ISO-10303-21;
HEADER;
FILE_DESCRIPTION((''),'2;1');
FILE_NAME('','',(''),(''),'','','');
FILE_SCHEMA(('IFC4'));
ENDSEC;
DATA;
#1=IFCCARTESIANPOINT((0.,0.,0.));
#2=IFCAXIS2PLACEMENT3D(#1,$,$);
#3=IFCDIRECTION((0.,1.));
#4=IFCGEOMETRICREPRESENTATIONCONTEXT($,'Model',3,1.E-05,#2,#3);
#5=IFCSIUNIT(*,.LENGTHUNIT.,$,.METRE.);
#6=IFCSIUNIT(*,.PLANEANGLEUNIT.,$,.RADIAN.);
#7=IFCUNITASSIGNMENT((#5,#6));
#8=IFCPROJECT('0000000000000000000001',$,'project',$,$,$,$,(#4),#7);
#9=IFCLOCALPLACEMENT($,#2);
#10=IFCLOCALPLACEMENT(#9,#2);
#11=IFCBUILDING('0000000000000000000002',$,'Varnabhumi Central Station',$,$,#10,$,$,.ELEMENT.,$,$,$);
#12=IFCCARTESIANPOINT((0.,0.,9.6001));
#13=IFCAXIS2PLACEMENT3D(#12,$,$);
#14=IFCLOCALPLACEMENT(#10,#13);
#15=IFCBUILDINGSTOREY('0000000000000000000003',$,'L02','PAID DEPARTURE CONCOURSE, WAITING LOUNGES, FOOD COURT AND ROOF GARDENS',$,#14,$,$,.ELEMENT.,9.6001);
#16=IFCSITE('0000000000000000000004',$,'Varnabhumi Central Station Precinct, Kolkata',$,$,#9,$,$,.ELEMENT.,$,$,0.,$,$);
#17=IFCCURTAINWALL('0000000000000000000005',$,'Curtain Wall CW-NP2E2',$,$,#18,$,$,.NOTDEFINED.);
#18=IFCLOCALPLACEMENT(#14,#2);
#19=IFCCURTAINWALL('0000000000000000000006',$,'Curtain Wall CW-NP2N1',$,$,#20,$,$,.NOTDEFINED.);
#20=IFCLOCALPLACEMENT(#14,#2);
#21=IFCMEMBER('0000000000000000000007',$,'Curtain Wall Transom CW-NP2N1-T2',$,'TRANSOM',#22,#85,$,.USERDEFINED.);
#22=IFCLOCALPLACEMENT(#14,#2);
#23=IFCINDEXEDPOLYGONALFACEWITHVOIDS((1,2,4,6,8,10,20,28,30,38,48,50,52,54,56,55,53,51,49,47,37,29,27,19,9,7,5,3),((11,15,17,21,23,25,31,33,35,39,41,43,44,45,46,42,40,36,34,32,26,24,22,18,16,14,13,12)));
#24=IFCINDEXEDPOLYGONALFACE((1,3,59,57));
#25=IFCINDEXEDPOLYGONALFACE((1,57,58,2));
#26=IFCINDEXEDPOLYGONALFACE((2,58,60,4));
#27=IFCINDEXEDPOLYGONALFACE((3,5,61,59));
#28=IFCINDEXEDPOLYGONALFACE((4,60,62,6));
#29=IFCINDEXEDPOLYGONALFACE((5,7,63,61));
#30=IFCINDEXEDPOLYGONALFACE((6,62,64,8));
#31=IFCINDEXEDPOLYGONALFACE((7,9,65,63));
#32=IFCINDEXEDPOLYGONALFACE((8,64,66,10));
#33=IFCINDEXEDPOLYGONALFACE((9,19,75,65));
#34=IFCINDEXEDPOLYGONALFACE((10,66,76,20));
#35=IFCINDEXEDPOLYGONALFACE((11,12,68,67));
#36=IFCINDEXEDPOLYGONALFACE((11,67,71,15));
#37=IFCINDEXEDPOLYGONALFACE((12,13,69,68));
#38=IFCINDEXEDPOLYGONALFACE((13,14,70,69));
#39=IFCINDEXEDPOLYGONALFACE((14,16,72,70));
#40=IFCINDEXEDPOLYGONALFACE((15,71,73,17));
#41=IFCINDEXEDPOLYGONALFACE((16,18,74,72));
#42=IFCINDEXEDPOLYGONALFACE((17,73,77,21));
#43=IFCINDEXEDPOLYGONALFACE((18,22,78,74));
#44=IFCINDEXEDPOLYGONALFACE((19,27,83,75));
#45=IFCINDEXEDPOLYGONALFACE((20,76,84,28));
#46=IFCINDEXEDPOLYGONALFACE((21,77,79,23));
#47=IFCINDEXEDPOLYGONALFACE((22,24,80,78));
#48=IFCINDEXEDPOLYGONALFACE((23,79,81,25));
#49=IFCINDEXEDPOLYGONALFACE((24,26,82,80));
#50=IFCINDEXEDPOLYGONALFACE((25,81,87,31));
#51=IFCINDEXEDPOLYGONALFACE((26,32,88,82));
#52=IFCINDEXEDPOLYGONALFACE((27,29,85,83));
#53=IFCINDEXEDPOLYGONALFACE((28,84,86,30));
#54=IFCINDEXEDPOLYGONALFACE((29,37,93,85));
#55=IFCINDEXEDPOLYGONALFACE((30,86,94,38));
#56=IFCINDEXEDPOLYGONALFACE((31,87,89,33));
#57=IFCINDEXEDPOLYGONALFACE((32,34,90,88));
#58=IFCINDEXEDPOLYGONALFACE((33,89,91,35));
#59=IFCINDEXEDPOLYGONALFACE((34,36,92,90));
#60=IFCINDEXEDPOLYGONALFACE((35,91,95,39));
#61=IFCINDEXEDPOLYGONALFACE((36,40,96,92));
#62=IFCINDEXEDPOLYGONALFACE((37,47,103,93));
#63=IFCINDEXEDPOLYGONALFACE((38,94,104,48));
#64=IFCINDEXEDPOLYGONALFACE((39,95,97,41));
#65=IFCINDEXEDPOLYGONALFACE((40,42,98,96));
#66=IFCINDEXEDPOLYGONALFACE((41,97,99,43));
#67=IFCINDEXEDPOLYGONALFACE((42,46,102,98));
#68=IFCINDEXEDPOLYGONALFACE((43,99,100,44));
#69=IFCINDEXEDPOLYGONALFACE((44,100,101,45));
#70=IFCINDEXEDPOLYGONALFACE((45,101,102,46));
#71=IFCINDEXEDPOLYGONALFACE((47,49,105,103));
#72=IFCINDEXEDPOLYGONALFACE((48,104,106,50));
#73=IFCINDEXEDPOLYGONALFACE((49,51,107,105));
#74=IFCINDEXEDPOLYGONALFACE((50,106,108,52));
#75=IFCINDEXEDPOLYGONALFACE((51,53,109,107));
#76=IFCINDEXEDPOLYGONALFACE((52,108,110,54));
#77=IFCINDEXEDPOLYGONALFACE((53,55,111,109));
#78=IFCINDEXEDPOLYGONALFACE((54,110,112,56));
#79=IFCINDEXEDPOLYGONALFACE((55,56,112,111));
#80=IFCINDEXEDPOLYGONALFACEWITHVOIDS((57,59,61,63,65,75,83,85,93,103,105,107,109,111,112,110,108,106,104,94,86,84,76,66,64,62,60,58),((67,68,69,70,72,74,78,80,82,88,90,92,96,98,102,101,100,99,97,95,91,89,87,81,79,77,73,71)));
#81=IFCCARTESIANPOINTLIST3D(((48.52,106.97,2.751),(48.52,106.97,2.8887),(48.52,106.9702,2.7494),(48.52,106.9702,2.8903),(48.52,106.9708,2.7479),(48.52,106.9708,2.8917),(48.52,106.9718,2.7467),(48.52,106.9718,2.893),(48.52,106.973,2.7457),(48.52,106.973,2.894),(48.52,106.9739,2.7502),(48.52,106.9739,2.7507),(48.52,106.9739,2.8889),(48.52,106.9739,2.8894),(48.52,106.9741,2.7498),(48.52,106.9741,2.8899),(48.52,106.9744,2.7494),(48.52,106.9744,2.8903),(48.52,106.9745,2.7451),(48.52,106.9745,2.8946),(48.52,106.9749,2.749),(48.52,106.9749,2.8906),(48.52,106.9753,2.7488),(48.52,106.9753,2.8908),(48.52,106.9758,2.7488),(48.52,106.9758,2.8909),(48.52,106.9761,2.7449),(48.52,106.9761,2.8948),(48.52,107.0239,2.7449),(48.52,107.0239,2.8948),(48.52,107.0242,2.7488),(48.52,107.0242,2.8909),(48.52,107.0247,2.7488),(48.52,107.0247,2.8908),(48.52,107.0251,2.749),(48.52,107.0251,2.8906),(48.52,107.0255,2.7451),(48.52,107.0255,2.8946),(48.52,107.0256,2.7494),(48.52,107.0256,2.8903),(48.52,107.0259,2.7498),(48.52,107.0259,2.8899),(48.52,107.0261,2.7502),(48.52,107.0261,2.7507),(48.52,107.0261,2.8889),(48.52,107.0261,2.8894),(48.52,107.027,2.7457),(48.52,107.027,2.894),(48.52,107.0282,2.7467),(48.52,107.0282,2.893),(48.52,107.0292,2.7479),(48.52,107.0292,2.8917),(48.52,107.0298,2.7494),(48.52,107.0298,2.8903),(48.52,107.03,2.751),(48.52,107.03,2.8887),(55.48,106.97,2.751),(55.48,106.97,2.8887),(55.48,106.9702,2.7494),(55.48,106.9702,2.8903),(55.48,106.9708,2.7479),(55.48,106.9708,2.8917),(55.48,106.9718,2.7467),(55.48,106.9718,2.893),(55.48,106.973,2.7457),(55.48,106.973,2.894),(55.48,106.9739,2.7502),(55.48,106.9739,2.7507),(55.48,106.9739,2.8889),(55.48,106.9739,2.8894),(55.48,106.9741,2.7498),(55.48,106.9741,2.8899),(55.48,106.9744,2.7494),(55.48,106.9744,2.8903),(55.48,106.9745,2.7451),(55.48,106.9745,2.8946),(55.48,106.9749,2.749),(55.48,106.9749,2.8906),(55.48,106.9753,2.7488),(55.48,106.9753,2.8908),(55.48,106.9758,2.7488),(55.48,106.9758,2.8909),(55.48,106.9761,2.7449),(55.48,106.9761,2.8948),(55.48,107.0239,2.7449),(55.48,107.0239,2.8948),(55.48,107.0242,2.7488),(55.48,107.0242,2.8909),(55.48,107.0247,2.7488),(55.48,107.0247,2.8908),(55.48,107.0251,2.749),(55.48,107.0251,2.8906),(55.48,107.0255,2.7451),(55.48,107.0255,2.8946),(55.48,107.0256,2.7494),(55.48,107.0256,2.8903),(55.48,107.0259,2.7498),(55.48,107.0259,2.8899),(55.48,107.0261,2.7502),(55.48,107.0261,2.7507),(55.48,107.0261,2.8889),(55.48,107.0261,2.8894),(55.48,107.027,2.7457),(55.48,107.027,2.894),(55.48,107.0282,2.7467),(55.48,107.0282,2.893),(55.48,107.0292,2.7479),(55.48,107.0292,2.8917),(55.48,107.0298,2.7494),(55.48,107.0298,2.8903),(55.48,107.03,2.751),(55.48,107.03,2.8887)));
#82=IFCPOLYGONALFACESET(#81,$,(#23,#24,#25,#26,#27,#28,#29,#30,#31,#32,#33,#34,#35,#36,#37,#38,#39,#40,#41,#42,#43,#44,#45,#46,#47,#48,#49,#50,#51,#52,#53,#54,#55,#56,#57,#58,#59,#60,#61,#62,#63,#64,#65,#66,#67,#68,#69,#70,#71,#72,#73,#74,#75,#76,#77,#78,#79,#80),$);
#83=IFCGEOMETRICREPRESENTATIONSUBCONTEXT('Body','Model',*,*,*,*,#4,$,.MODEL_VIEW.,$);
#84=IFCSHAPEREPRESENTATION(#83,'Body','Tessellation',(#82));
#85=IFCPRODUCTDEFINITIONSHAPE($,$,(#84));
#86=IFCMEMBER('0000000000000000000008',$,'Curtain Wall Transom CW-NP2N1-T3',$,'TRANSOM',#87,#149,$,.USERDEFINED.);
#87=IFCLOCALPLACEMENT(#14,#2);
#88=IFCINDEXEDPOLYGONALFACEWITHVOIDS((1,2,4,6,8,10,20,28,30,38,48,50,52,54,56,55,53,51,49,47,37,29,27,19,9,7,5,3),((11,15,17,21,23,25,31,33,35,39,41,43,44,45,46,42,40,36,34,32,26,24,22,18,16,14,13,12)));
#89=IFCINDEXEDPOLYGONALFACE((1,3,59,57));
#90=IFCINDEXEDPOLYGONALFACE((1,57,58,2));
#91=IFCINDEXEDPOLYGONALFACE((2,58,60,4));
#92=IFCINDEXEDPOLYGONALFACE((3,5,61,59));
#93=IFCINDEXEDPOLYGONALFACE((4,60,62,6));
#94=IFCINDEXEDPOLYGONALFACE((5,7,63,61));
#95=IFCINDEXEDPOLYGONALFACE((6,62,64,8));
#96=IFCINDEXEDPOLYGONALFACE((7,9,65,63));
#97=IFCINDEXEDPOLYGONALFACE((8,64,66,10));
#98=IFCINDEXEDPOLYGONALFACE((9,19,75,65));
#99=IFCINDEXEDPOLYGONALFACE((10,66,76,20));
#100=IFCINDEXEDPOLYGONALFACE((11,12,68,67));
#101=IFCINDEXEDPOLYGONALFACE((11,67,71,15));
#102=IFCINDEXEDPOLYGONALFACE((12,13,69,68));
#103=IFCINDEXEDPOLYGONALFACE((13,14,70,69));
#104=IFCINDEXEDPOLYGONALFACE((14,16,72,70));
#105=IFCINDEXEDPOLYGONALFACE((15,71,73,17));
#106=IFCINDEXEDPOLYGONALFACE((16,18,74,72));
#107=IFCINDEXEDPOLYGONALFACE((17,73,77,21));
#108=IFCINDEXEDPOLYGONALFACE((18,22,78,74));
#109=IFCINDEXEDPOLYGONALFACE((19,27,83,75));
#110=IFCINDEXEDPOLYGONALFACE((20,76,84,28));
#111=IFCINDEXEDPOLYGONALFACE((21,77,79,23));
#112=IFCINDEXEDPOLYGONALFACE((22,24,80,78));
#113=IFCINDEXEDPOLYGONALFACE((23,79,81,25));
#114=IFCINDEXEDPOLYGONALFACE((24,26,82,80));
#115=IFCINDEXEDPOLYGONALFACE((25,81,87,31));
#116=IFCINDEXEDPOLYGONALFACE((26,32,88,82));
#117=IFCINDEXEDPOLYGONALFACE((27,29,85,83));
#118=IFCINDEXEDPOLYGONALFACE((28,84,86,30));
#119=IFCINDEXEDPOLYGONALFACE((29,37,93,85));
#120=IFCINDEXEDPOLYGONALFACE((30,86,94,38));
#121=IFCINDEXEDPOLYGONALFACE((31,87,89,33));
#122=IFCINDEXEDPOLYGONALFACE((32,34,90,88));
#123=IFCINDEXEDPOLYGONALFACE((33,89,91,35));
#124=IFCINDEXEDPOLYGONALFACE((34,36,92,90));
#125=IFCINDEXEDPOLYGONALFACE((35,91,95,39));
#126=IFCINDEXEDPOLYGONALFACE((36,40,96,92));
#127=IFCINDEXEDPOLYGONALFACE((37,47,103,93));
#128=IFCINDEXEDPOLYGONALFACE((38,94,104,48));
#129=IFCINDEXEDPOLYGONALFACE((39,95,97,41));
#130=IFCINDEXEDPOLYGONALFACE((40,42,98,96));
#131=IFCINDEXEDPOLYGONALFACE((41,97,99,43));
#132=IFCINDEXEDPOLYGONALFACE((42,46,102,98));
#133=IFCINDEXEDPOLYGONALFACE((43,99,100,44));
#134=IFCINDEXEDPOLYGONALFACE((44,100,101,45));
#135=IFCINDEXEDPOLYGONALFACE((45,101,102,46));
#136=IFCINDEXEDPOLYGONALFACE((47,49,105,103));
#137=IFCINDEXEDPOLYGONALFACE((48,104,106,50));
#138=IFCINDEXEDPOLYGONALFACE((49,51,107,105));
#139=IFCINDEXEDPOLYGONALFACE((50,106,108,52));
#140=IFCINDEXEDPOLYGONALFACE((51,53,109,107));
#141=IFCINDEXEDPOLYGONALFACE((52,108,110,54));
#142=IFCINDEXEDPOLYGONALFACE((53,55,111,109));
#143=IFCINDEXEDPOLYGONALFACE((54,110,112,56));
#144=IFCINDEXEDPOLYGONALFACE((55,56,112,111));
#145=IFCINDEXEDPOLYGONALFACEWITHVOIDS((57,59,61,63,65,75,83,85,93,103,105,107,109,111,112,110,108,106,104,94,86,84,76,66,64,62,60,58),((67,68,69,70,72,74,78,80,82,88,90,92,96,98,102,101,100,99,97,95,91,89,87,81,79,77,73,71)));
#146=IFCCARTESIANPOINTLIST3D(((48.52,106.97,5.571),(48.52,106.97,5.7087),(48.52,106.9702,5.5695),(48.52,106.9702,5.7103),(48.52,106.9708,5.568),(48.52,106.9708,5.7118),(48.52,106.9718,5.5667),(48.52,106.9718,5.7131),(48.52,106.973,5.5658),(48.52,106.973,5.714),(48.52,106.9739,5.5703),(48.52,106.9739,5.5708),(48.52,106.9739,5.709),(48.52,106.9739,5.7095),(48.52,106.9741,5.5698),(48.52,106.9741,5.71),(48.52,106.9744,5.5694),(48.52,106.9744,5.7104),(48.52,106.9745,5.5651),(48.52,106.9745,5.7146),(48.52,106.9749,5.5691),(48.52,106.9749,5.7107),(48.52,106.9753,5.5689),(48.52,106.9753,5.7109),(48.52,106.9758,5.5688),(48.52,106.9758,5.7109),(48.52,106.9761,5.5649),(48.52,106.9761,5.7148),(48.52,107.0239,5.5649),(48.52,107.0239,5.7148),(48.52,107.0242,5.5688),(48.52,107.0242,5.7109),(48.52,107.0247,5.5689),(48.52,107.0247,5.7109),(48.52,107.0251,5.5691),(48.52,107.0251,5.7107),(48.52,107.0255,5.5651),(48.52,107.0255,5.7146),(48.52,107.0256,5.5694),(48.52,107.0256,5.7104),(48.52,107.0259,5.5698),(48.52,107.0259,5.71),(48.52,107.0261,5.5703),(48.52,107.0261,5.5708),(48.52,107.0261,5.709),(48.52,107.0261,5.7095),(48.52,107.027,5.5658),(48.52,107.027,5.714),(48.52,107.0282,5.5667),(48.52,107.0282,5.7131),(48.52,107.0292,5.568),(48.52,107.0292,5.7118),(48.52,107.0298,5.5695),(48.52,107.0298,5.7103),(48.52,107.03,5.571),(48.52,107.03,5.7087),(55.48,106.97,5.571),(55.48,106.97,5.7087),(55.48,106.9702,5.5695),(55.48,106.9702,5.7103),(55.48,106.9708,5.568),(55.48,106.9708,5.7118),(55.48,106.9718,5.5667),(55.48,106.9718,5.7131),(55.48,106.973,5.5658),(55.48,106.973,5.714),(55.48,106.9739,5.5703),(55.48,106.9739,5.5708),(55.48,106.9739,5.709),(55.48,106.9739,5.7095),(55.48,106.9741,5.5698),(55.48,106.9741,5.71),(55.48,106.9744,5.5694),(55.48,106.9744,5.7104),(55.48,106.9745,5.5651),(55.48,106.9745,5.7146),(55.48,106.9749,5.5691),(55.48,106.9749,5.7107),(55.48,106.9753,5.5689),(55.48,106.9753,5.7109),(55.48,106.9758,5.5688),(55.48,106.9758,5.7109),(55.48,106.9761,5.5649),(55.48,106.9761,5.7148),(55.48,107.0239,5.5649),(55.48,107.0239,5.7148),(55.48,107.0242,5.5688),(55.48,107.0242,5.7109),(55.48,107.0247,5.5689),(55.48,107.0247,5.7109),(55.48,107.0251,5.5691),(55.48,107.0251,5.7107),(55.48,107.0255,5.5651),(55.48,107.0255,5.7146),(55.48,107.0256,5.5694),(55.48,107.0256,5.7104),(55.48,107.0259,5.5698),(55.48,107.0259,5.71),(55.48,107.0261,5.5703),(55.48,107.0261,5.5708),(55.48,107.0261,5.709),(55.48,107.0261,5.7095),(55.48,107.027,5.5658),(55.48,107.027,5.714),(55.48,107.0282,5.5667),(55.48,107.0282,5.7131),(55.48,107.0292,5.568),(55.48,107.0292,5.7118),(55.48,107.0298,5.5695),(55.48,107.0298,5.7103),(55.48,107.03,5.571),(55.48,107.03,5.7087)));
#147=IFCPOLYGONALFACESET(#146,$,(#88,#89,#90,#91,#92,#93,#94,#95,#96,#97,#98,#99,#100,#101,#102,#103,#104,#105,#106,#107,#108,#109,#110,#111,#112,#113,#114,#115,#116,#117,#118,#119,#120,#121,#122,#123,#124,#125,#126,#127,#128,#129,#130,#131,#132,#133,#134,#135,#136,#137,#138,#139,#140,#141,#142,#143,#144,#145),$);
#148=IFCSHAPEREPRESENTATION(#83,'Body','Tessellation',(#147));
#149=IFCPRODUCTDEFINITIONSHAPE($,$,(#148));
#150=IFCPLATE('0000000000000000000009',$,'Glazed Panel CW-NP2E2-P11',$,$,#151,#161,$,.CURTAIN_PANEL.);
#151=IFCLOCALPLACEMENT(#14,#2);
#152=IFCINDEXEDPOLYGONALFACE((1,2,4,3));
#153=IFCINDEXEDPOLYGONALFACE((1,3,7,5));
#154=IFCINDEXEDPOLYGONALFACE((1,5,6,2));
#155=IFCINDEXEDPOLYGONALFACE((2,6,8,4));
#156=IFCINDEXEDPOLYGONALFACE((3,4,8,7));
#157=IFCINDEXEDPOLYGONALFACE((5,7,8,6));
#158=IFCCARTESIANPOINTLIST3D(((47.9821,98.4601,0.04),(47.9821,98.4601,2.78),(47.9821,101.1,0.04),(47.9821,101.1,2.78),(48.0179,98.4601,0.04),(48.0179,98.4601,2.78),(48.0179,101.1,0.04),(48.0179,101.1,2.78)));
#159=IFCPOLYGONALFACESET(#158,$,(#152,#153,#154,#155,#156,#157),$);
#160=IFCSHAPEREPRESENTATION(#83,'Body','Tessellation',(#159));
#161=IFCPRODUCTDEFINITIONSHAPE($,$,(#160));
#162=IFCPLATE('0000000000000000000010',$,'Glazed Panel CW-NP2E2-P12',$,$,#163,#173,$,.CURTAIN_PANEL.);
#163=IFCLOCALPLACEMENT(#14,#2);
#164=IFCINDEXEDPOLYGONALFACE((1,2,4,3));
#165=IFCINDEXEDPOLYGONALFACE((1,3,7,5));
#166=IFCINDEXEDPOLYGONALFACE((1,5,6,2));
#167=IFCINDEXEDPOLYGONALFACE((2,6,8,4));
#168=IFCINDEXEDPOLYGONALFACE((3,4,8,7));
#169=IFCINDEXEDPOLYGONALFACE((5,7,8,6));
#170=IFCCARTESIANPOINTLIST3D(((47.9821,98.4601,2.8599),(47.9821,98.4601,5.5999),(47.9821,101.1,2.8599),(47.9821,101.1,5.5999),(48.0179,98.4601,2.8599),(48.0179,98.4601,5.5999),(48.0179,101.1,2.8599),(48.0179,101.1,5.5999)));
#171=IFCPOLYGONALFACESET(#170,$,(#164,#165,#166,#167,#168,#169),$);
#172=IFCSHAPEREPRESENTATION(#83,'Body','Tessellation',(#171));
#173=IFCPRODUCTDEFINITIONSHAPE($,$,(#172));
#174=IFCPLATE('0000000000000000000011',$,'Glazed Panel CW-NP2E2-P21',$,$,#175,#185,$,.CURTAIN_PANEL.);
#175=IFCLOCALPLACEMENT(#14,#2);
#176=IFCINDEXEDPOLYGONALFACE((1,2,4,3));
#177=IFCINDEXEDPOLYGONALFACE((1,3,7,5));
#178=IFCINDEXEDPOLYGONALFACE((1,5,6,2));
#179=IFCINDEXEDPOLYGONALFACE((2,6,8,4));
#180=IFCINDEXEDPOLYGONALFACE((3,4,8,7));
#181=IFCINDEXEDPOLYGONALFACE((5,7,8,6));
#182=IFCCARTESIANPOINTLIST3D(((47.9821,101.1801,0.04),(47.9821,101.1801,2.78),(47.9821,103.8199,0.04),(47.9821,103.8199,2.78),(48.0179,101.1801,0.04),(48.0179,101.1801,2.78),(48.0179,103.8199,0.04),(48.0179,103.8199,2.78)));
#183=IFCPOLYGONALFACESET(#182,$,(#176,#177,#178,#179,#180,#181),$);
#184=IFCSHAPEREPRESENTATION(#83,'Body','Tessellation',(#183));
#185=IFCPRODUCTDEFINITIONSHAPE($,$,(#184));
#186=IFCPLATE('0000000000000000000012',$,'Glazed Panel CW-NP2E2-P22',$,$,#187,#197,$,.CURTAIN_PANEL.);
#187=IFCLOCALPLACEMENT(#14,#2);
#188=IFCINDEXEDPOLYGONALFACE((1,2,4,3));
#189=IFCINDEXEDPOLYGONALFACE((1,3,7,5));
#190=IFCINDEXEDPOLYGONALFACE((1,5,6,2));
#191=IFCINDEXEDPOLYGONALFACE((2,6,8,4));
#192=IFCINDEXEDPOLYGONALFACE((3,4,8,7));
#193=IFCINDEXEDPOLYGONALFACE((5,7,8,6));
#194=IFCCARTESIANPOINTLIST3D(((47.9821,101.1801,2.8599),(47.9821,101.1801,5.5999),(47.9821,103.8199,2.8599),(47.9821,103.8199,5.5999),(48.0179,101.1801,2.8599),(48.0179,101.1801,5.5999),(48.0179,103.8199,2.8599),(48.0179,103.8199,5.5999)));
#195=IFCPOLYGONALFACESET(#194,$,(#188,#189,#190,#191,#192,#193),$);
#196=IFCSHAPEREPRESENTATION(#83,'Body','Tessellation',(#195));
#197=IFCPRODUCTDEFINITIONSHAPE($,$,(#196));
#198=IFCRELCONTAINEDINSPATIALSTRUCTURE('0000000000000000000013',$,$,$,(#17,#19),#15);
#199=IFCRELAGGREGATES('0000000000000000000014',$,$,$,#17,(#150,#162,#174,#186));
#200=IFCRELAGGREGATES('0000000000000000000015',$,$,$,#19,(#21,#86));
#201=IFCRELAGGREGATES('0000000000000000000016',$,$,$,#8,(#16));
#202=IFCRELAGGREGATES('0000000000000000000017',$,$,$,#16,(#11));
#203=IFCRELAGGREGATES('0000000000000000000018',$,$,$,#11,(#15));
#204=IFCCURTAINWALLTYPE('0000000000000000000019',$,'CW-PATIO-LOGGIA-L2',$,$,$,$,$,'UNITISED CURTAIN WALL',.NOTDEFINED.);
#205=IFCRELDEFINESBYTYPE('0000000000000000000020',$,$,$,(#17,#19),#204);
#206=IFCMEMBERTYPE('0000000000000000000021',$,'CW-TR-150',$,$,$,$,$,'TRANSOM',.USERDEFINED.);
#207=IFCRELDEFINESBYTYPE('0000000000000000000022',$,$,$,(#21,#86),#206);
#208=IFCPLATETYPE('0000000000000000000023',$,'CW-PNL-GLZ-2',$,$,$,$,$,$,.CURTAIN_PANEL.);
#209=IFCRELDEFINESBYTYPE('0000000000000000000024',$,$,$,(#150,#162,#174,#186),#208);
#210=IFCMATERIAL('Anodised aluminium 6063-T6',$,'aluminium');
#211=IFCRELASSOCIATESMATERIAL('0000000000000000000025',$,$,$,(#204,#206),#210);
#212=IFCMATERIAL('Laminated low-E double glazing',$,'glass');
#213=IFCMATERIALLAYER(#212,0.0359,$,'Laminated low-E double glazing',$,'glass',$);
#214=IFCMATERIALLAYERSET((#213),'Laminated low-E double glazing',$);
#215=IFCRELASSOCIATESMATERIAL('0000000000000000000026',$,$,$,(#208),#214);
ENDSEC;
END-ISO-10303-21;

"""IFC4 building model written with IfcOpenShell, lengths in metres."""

from ifc_helpers import new_model, si_unit, direction, frame, origin, origin_2d, place, context, subcontext, project, spatial, rectangle, hollow_rectangle, extrude, material, layer, layer_set, material_profile, profile_set, type_object, element, aggregate, save


model = new_model("IFC4")

# Units and contexts
model_context = context("Model", 3, precision=1e-05, world=origin(), true_north=direction((0.0, 1.0)))
body_context = subcontext(model_context, "Body", "Model", "MODEL_VIEW")
ifc_project = project(units=[si_unit("LENGTHUNIT", "METRE"), si_unit("PLANEANGLEUNIT", "RADIAN")], contexts=[model_context])

# Site, building, storey
site_placement = place(None, origin())
site = spatial("IfcSite", under=ifc_project, at=site_placement, Name="Varnabhumi Central Station Precinct, Kolkata", CompositionType="ELEMENT", RefElevation=0.0)
building_placement = place(site_placement, origin())
building = spatial("IfcBuilding", under=site, at=building_placement, Name="Varnabhumi Central Station", CompositionType="ELEMENT")
storey_placement = place(building_placement, frame((0.0, 0.0, 9.6001)))
storey = spatial("IfcBuildingStorey", under=building, at=storey_placement, Name="L02", Description="PAID DEPARTURE CONCOURSE, WAITING LOUNGES, FOOD COURT AND ROOF GARDENS", CompositionType="ELEMENT", Elevation=9.6001)

# Curtain walls
ifc_material_1 = material(Name="Anodised aluminium 6063-T6", Category="aluminium")
curtain_wall_type = type_object("IfcCurtainWallType", Name="CW-PATIO-LOGGIA-L2", ElementType="UNITISED CURTAIN WALL", PredefinedType="NOTDEFINED", material=ifc_material_1)
curtain_wall_1_placement = place(storey_placement, origin())
curtain_wall_1 = element("IfcCurtainWall", 1, at=curtain_wall_1_placement, inside=storey, type_object=curtain_wall_type, Name="Curtain Wall CW-NP2E2", PredefinedType="NOTDEFINED")
curtain_wall_2_placement = place(storey_placement, origin())
curtain_wall_2 = element("IfcCurtainWall", 2, at=curtain_wall_2_placement, inside=storey, type_object=curtain_wall_type, Name="Curtain Wall CW-NP2N1", PredefinedType="NOTDEFINED")

# Members
ifc_material_profile_1 = material_profile(ifc_material_1, hollow_rectangle(XDim=0.0601, YDim=0.1499, WallThickness=0.0039, InnerFilletRadius=0.002, OuterFilletRadius=0.0061, at=origin_2d()), Name="Anodised aluminium 6063-T6", Category="aluminium")
ifc_profile_set_1 = profile_set([ifc_material_profile_1], Name="Anodised aluminium 6063-T6")
member_type_1 = type_object("IfcMemberType", Name="CW-TR-150", ElementType="TRANSOM", PredefinedType="USERDEFINED", material=ifc_profile_set_1)
member_1_placement = place(storey_placement, frame((48.52, 107.0, 2.8198), z_axis=(1.0, 0.0, 0.0), x_axis=(0.0, 1.0, 0.0)))
member_1 = element("IfcMember", 3, at=member_1_placement, type_object=member_type_1, Name="Curtain Wall Transom CW-NP2N1-T2", ObjectType="TRANSOM", PredefinedType="USERDEFINED", context=body_context, shape_type="SweptSolid", body=[
    extrude(hollow_rectangle(XDim=0.0601, YDim=0.1499, WallThickness=0.0039, InnerFilletRadius=0.002, OuterFilletRadius=0.0061, at=origin_2d()), origin(), (0.0, 0.0, 1.0), 6.96),
])
member_2_placement = place(storey_placement, frame((48.52, 107.0, 5.6399), z_axis=(1.0, 0.0, 0.0), x_axis=(0.0, 1.0, 0.0)))
member_2 = element("IfcMember", 4, at=member_2_placement, type_object=member_type_1, Name="Curtain Wall Transom CW-NP2N1-T3", ObjectType="TRANSOM", PredefinedType="USERDEFINED", context=body_context, shape_type="SweptSolid", body=[
    extrude(hollow_rectangle(XDim=0.0601, YDim=0.1499, WallThickness=0.0039, InnerFilletRadius=0.002, OuterFilletRadius=0.0061, at=origin_2d()), origin(), (0.0, 0.0, 1.0), 6.96),
])

# Plates
ifc_material_2 = material(Name="Laminated low-E double glazing", Category="glass")
ifc_layer_1 = layer(ifc_material_2, 0.0359, Name="Laminated low-E double glazing", Category="glass")
ifc_layer_set_1 = layer_set([ifc_layer_1], Name="Laminated low-E double glazing")
plate_type_1 = type_object("IfcPlateType", Name="CW-PNL-GLZ-2", PredefinedType="CURTAIN_PANEL", material=ifc_layer_set_1)
plate_1_placement = place(storey_placement, frame((48.0, 99.78, 0.04), z_axis=(0.0, 0.0, 1.0), x_axis=(0.0, 1.0, 0.0)))
plate_1 = element("IfcPlate", 5, at=plate_1_placement, type_object=plate_type_1, Name="Glazed Panel CW-NP2E2-P11", PredefinedType="CURTAIN_PANEL", context=body_context, shape_type="SweptSolid", body=[
    extrude(rectangle(XDim=2.6399, YDim=0.0359, at=origin_2d()), origin(), (0.0, 0.0, 1.0), 2.74),
])
plate_2_placement = place(storey_placement, frame((48.0, 99.78, 2.8599), z_axis=(0.0, 0.0, 1.0), x_axis=(0.0, 1.0, 0.0)))
plate_2 = element("IfcPlate", 6, at=plate_2_placement, type_object=plate_type_1, Name="Glazed Panel CW-NP2E2-P12", PredefinedType="CURTAIN_PANEL", context=body_context, shape_type="SweptSolid", body=[
    extrude(rectangle(XDim=2.6399, YDim=0.0359, at=origin_2d()), origin(), (0.0, 0.0, 1.0), 2.74),
])
plate_3_placement = place(storey_placement, frame((48.0, 102.5, 0.04), z_axis=(0.0, 0.0, 1.0), x_axis=(0.0, 1.0, 0.0)))
plate_3 = element("IfcPlate", 7, at=plate_3_placement, type_object=plate_type_1, Name="Glazed Panel CW-NP2E2-P21", PredefinedType="CURTAIN_PANEL", context=body_context, shape_type="SweptSolid", body=[
    extrude(rectangle(XDim=2.6399, YDim=0.0359, at=origin_2d()), origin(), (0.0, 0.0, 1.0), 2.74),
])
plate_4_placement = place(storey_placement, frame((48.0, 102.5, 2.8599), z_axis=(0.0, 0.0, 1.0), x_axis=(0.0, 1.0, 0.0)))
plate_4 = element("IfcPlate", 8, at=plate_4_placement, type_object=plate_type_1, Name="Glazed Panel CW-NP2E2-P22", PredefinedType="CURTAIN_PANEL", context=body_context, shape_type="SweptSolid", body=[
    extrude(rectangle(XDim=2.6399, YDim=0.0359, at=origin_2d()), origin(), (0.0, 0.0, 1.0), 2.74),
])
aggregate(curtain_wall_1, [plate_1, plate_2, plate_3, plate_4])
aggregate(curtain_wall_2, [member_1, member_2])

save(model, "model.ifc")
